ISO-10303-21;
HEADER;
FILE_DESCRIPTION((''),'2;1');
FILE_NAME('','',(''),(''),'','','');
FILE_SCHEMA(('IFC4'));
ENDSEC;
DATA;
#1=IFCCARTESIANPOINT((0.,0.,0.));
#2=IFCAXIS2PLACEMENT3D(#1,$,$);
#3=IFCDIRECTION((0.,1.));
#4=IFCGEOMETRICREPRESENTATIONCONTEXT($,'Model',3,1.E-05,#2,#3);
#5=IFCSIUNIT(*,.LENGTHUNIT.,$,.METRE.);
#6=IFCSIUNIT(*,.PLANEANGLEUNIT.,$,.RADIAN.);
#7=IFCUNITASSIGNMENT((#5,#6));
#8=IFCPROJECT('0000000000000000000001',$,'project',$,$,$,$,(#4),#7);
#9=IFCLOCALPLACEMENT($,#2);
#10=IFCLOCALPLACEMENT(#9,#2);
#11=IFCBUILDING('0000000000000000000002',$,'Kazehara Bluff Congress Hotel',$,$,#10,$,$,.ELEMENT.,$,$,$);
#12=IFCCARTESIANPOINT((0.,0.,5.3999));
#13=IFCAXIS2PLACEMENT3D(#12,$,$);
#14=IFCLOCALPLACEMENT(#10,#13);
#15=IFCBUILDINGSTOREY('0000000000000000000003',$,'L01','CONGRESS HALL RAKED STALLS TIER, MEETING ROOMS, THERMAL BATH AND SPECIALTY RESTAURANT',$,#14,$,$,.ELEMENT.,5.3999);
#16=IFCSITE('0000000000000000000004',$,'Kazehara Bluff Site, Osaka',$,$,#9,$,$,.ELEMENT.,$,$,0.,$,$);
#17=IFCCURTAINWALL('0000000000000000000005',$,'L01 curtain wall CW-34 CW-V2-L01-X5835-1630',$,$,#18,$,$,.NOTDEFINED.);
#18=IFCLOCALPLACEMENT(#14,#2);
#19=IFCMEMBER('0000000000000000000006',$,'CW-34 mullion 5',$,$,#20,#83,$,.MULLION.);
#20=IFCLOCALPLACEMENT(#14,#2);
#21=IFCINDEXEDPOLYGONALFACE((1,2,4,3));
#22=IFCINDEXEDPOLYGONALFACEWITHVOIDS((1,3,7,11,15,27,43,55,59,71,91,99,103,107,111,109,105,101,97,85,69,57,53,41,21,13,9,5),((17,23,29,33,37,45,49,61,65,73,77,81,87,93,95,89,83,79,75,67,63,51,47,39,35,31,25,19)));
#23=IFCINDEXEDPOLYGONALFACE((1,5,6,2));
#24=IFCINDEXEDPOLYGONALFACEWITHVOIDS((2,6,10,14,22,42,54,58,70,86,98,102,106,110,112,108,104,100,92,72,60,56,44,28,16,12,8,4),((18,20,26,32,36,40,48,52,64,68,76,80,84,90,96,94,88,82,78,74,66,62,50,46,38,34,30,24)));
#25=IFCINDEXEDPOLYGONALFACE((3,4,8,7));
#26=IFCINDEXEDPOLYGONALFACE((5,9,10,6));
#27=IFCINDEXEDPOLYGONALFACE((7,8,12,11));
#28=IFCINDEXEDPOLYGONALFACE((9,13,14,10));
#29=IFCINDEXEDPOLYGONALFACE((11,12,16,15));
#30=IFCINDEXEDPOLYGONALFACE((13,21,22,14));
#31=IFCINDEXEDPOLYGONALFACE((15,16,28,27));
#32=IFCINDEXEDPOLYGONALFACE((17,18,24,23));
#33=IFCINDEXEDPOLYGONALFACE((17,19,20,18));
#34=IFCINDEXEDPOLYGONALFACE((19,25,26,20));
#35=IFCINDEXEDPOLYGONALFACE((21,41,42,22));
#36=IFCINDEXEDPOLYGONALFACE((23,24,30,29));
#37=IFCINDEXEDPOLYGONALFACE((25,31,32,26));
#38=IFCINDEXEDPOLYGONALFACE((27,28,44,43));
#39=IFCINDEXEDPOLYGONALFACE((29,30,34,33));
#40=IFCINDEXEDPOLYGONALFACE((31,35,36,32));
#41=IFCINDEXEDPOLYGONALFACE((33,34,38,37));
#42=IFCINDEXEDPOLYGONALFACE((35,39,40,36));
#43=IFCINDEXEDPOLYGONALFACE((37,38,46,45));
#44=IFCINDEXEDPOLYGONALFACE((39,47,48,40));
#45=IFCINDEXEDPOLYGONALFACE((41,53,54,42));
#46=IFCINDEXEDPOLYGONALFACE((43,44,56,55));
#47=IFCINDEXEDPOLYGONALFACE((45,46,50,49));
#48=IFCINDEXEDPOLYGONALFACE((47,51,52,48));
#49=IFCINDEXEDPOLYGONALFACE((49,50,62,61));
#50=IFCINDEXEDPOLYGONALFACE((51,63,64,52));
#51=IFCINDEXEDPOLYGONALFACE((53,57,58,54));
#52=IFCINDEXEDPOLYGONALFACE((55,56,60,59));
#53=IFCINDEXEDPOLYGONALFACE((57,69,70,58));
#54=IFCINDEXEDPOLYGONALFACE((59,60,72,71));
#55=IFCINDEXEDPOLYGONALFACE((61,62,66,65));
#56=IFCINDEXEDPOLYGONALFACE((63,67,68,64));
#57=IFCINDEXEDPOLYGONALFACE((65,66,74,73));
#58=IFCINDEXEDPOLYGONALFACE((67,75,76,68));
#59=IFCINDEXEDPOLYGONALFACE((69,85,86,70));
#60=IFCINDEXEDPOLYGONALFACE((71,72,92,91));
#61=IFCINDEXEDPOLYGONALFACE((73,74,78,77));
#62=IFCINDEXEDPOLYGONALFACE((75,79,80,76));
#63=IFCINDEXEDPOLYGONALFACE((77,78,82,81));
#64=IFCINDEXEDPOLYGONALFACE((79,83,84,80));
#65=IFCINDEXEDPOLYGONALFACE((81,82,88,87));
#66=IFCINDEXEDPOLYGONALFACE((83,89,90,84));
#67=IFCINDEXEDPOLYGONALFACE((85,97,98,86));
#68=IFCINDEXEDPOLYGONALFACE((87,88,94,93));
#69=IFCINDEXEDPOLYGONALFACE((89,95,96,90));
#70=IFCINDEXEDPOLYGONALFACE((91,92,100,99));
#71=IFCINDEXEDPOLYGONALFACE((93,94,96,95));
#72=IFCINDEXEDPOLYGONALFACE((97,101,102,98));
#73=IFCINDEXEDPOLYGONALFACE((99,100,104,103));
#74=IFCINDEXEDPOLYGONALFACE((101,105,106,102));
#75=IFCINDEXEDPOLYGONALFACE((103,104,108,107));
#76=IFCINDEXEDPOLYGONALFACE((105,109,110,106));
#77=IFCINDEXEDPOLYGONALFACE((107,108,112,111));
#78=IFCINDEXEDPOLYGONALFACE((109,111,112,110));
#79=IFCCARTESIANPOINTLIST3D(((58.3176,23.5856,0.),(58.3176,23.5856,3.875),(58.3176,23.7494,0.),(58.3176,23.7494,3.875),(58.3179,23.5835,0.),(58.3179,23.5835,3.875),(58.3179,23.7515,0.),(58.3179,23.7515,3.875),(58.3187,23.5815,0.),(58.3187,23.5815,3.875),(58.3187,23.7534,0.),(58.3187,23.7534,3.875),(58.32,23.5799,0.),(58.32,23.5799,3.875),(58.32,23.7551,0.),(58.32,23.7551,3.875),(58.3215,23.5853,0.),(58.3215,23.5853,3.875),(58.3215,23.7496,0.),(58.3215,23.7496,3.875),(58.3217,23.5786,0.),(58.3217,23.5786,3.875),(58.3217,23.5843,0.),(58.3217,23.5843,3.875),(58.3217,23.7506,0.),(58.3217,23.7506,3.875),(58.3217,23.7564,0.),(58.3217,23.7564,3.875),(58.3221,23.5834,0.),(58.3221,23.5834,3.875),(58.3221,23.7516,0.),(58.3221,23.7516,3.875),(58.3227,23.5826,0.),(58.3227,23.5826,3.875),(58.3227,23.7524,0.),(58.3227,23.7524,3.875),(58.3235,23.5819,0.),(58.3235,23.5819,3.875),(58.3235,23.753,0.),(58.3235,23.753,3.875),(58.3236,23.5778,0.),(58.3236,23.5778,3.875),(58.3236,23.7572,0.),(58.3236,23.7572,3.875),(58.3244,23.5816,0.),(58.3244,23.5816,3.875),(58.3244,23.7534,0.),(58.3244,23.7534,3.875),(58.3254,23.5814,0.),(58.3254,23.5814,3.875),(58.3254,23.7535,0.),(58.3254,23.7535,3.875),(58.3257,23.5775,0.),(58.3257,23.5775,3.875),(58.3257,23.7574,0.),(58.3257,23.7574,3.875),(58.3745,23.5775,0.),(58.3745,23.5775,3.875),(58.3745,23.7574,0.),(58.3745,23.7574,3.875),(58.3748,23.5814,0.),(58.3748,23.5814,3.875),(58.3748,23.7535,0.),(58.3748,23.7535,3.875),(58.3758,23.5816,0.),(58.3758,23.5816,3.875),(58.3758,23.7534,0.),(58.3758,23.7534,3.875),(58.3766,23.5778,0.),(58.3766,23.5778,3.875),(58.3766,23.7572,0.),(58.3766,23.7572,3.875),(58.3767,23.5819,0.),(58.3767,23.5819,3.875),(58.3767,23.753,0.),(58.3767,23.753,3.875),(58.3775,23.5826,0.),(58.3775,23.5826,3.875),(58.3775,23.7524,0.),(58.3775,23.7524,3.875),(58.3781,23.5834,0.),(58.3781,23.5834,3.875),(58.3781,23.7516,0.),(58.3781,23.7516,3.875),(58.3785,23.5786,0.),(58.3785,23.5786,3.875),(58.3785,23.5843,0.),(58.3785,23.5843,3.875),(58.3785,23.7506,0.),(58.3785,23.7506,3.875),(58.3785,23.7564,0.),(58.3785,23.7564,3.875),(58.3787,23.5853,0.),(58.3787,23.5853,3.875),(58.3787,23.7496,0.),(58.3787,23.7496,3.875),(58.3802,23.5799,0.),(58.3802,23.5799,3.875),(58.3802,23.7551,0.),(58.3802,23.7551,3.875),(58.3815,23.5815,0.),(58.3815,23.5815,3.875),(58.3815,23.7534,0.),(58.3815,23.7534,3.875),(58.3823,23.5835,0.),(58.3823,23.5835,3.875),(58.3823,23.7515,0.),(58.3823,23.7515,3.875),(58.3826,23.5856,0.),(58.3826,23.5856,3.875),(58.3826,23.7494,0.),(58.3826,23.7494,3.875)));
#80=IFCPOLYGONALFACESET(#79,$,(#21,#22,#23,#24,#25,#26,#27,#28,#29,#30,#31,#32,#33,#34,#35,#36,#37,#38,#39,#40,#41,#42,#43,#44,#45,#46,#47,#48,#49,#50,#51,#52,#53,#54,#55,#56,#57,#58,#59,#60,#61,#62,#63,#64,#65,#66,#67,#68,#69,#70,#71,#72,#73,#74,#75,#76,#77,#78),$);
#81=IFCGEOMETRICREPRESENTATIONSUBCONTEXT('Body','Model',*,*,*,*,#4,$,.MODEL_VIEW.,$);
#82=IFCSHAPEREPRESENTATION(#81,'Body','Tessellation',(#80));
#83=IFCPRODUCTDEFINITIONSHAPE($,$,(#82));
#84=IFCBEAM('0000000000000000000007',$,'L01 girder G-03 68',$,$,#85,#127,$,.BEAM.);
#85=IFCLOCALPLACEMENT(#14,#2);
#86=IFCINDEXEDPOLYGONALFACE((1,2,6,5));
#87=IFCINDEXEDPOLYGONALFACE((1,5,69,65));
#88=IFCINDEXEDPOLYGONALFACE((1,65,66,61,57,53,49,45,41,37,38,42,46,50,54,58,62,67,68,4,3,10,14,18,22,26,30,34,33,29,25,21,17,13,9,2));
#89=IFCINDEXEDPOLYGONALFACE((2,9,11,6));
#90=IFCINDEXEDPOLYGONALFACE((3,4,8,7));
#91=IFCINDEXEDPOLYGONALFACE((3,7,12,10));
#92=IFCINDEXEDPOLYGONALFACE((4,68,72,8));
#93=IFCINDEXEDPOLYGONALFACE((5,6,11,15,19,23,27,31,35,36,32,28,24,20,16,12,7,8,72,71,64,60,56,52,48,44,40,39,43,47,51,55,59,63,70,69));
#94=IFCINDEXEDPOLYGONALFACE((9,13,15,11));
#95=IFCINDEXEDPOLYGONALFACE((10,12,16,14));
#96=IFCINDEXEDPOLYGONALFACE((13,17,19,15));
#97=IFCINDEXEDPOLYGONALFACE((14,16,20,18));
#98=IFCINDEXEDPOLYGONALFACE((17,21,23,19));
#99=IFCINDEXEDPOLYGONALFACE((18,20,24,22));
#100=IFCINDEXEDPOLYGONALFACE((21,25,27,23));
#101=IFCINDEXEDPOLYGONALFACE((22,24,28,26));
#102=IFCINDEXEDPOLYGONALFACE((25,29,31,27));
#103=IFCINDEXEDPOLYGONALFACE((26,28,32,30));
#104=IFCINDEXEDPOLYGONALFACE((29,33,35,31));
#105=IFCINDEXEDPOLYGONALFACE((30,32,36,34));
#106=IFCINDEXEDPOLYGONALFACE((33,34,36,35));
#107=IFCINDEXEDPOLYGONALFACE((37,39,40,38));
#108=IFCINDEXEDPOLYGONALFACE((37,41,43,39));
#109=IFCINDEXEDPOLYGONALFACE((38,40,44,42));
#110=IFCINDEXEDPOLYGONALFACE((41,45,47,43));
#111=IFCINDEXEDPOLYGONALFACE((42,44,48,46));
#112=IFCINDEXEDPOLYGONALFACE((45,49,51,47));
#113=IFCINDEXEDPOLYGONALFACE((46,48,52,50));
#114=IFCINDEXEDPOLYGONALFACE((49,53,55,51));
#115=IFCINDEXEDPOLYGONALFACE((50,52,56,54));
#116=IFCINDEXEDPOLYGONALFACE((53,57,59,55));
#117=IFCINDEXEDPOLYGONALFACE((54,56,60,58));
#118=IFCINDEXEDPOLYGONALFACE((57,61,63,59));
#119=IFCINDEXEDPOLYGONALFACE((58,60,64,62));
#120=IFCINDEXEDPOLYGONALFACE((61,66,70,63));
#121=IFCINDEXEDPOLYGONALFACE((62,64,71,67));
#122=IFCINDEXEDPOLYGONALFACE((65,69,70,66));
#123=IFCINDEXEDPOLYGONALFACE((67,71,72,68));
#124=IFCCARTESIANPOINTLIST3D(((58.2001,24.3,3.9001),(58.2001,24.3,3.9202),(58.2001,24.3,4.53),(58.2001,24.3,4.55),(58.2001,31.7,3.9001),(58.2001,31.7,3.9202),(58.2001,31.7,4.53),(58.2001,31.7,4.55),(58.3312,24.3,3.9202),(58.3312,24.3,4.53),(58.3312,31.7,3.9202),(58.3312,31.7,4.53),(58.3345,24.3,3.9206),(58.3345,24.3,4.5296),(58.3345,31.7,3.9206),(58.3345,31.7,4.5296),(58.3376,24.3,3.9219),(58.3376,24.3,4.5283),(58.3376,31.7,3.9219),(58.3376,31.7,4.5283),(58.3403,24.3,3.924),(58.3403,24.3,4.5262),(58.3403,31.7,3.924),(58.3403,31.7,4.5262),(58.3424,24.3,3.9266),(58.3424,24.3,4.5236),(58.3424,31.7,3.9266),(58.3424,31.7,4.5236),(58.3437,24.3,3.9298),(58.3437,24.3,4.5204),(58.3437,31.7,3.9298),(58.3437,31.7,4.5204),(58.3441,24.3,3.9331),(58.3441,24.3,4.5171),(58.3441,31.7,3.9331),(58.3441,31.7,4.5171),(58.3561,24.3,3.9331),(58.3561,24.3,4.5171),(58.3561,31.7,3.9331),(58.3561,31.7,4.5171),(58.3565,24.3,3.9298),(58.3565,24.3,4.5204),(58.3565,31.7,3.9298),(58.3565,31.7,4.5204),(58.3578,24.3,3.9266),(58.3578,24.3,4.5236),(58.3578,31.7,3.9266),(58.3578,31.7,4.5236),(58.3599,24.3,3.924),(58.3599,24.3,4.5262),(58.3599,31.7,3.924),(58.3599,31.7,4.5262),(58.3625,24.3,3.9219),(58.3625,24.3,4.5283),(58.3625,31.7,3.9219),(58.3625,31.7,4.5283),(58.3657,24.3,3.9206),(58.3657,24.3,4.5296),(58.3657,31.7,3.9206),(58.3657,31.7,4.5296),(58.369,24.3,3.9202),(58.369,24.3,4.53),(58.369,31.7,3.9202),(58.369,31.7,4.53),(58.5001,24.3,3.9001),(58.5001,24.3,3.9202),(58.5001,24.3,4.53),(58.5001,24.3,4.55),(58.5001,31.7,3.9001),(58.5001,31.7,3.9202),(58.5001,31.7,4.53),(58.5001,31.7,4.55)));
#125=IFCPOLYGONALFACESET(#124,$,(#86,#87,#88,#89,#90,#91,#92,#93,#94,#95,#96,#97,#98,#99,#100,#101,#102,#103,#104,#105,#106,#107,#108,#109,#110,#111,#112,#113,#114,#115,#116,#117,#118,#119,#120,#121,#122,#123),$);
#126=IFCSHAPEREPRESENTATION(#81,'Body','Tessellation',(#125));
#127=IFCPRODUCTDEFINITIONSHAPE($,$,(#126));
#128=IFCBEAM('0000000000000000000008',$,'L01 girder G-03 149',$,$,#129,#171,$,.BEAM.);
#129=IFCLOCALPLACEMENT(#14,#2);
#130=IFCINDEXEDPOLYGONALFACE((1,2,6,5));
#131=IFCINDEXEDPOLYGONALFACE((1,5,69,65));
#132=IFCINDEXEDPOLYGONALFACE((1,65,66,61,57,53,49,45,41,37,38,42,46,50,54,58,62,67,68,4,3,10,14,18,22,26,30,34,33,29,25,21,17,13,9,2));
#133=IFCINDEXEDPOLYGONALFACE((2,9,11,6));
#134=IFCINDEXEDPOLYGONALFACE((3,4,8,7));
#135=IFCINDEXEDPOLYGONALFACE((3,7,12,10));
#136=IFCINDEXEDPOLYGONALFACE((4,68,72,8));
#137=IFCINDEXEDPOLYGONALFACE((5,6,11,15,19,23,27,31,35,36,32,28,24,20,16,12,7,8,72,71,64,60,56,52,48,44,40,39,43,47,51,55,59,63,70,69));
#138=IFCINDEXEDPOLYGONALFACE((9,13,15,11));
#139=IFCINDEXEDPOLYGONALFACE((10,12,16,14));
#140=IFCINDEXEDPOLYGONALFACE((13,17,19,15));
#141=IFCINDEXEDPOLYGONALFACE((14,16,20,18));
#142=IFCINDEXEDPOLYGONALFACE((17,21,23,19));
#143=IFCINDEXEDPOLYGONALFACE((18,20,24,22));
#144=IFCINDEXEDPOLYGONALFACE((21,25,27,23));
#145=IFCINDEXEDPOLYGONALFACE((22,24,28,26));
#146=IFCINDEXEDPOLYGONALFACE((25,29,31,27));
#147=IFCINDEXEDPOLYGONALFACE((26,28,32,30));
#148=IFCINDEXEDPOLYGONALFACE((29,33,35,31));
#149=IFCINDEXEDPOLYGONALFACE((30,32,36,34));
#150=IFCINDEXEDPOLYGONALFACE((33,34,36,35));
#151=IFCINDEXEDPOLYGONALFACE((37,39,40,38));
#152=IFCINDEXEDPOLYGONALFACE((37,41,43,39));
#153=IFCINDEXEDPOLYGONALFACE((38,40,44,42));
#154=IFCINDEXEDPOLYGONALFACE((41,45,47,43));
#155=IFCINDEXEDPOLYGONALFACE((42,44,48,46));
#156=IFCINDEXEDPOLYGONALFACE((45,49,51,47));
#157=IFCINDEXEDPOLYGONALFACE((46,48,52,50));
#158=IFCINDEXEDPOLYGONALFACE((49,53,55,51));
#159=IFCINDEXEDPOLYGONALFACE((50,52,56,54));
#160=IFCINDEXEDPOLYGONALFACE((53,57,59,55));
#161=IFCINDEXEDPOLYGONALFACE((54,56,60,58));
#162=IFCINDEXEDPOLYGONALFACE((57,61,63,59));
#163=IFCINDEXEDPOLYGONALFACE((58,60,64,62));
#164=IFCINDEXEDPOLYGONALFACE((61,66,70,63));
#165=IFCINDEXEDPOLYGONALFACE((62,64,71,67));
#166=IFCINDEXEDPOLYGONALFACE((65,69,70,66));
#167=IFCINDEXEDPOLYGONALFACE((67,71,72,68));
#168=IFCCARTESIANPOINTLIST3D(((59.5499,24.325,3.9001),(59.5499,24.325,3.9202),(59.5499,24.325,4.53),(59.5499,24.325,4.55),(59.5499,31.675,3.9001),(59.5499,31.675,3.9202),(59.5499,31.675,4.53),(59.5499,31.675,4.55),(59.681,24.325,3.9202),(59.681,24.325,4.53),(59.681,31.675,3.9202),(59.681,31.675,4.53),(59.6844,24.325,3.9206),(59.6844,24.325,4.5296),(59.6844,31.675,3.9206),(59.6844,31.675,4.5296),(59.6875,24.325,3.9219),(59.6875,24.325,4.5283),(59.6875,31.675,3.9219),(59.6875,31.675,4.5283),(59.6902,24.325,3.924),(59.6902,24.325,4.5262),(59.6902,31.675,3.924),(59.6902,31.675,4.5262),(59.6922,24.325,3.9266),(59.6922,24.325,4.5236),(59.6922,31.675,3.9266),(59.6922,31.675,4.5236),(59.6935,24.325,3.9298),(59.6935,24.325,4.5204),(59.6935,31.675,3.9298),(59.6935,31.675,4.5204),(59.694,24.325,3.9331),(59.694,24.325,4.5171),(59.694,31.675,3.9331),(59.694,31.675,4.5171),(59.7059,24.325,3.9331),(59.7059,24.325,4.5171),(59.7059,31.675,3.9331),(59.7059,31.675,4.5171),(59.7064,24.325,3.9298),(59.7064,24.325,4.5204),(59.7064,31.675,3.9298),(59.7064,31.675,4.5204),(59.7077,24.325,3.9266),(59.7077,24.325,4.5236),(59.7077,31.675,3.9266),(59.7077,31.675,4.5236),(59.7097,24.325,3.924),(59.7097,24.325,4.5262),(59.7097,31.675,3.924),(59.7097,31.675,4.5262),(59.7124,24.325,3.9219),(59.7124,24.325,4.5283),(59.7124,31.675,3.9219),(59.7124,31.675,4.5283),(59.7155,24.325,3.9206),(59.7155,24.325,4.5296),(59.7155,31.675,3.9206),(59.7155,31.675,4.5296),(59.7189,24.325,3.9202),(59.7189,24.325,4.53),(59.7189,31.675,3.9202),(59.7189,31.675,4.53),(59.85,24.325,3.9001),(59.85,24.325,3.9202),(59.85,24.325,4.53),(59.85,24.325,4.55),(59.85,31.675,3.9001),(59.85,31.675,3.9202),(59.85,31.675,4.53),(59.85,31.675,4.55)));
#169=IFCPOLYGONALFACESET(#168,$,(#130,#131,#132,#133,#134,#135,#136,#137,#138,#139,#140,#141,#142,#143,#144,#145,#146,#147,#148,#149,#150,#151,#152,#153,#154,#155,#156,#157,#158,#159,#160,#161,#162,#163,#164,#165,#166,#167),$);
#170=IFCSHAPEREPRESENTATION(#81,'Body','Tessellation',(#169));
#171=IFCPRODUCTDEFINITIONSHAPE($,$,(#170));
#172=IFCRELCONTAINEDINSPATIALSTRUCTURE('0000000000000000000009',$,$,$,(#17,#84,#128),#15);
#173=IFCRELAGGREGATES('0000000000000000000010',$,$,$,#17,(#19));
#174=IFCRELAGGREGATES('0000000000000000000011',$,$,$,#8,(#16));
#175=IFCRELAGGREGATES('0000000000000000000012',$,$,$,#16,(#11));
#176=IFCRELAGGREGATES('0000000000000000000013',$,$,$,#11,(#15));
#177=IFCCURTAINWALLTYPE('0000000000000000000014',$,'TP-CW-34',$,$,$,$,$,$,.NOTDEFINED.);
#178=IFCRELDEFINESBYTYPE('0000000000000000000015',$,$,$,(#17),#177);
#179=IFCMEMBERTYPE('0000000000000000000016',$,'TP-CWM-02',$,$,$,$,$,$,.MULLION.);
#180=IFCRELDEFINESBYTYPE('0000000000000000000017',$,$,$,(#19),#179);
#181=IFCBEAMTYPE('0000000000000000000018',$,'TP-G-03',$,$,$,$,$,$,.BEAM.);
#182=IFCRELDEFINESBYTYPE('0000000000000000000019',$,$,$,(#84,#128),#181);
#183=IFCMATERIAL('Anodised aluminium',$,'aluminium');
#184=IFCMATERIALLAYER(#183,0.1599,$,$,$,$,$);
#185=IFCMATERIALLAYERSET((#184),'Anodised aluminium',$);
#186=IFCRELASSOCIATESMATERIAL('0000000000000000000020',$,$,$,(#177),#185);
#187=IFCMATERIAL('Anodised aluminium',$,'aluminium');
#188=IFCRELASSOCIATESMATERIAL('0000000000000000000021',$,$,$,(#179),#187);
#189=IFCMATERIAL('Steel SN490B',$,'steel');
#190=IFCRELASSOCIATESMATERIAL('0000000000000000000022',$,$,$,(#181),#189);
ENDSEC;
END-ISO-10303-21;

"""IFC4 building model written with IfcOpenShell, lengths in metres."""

from ifc_helpers import new_model, si_unit, direction, frame, origin, origin_2d, place, context, subcontext, project, spatial, hollow_rectangle, i_section, extrude, material, layer, layer_set, material_profile, profile_set, type_object, element, aggregate, save


model = new_model("IFC4")

# Units and contexts
model_context = context("Model", 3, precision=1e-05, world=origin(), true_north=direction((0.0, 1.0)))
body_context = subcontext(model_context, "Body", "Model", "MODEL_VIEW")
ifc_project = project(units=[si_unit("LENGTHUNIT", "METRE"), si_unit("PLANEANGLEUNIT", "RADIAN")], contexts=[model_context])

# Site, building, storey
site_placement = place(None, origin())
site = spatial("IfcSite", under=ifc_project, at=site_placement, Name="Kazehara Bluff Site, Osaka", CompositionType="ELEMENT", RefElevation=0.0)
building_placement = place(site_placement, origin())
building = spatial("IfcBuilding", under=site, at=building_placement, Name="Kazehara Bluff Congress Hotel", CompositionType="ELEMENT")
storey_placement = place(building_placement, frame((0.0, 0.0, 5.3999)))
storey = spatial("IfcBuildingStorey", under=building, at=storey_placement, Name="L01", Description="CONGRESS HALL RAKED STALLS TIER, MEETING ROOMS, THERMAL BATH AND SPECIALTY RESTAURANT", CompositionType="ELEMENT", Elevation=5.3999)

# Curtain wall, member
ifc_material_1 = material(Name="Anodised aluminium", Category="aluminium")
ifc_layer_1 = layer(ifc_material_1, 0.1599)
ifc_layer_set_1 = layer_set([ifc_layer_1], Name="Anodised aluminium")
curtain_wall_type = type_object("IfcCurtainWallType", Name="TP-CW-34", PredefinedType="NOTDEFINED", material=ifc_layer_set_1)
curtain_wall_placement = place(storey_placement, origin())
curtain_wall = element("IfcCurtainWall", 1, at=curtain_wall_placement, inside=storey, type_object=curtain_wall_type, Name="L01 curtain wall CW-34 CW-V2-L01-X5835-1630", PredefinedType="NOTDEFINED")
ifc_material_2 = material(Name="Anodised aluminium", Category="aluminium")
ifc_material_profile_1 = material_profile(ifc_material_2, hollow_rectangle(XDim=0.0649, YDim=0.1799, WallThickness=0.0039, InnerFilletRadius=0.0039, OuterFilletRadius=0.0081, at=origin_2d()))
ifc_profile_set_1 = profile_set([ifc_material_profile_1], Name="Anodised aluminium")
member_type = type_object("IfcMemberType", Name="TP-CWM-02", PredefinedType="MULLION", material=ifc_profile_set_1)
member_placement = place(storey_placement, frame((58.3501, 23.6675, 0.0), z_axis=(0.0, 0.0, 1.0), x_axis=(-1.0, 0.0, 0.0)))
member = element("IfcMember", 2, at=member_placement, type_object=member_type, Name="CW-34 mullion 5", PredefinedType="MULLION", context=body_context, shape_type="SweptSolid", body=[
    extrude(hollow_rectangle(XDim=0.0649, YDim=0.1799, WallThickness=0.0039, InnerFilletRadius=0.0039, OuterFilletRadius=0.0081, at=origin_2d()), origin(), (0.0, 0.0, 1.0), 3.875),
])

# Beams
ifc_material_3 = material(Name="Steel SN490B", Category="steel")
ifc_material_profile_2 = material_profile(ifc_material_3, i_section(OverallWidth=0.3, OverallDepth=0.6499, WebThickness=0.012, FlangeThickness=0.02, FilletRadius=0.0129, at=origin_2d()))
ifc_profile_set_2 = profile_set([ifc_material_profile_2], Name="Steel SN490B")
beam_type_1 = type_object("IfcBeamType", Name="TP-G-03", PredefinedType="BEAM", material=ifc_profile_set_2)
beam_1_placement = place(storey_placement, frame((58.3501, 24.3, 4.2251), z_axis=(0.0, 1.0, 0.0), x_axis=(-1.0, 0.0, 0.0)))
element("IfcBeam", 3, at=beam_1_placement, inside=storey, type_object=beam_type_1, Name="L01 girder G-03 68", PredefinedType="BEAM", context=body_context, shape_type="SweptSolid", body=[
    extrude(i_section(OverallWidth=0.3, OverallDepth=0.6499, WebThickness=0.012, FlangeThickness=0.02, FilletRadius=0.0129, at=origin_2d()), origin(), (0.0, 0.0, 1.0), 7.3999),
])
for number, where, z_axis, x_axis, name in (
    (4, (59.7, 24.325, 4.2251), (0.0, 1.0, 0.0), (-1.0, 0.0, 0.0), "L01 girder G-03 149"),
):
    element("IfcBeam", number, at=place(storey_placement, frame(where, z_axis=z_axis, x_axis=x_axis)), inside=storey, type_object=beam_type_1, Name=name, PredefinedType="BEAM", context=body_context, shape_type="SweptSolid", body=[
        extrude(i_section(OverallWidth=0.3, OverallDepth=0.6499, WebThickness=0.012, FlangeThickness=0.02, FilletRadius=0.0129, at=origin_2d()), origin(), (0.0, 0.0, 1.0), 7.3501),
    ])

aggregate(curtain_wall, [member])

save(model, "model.ifc")
